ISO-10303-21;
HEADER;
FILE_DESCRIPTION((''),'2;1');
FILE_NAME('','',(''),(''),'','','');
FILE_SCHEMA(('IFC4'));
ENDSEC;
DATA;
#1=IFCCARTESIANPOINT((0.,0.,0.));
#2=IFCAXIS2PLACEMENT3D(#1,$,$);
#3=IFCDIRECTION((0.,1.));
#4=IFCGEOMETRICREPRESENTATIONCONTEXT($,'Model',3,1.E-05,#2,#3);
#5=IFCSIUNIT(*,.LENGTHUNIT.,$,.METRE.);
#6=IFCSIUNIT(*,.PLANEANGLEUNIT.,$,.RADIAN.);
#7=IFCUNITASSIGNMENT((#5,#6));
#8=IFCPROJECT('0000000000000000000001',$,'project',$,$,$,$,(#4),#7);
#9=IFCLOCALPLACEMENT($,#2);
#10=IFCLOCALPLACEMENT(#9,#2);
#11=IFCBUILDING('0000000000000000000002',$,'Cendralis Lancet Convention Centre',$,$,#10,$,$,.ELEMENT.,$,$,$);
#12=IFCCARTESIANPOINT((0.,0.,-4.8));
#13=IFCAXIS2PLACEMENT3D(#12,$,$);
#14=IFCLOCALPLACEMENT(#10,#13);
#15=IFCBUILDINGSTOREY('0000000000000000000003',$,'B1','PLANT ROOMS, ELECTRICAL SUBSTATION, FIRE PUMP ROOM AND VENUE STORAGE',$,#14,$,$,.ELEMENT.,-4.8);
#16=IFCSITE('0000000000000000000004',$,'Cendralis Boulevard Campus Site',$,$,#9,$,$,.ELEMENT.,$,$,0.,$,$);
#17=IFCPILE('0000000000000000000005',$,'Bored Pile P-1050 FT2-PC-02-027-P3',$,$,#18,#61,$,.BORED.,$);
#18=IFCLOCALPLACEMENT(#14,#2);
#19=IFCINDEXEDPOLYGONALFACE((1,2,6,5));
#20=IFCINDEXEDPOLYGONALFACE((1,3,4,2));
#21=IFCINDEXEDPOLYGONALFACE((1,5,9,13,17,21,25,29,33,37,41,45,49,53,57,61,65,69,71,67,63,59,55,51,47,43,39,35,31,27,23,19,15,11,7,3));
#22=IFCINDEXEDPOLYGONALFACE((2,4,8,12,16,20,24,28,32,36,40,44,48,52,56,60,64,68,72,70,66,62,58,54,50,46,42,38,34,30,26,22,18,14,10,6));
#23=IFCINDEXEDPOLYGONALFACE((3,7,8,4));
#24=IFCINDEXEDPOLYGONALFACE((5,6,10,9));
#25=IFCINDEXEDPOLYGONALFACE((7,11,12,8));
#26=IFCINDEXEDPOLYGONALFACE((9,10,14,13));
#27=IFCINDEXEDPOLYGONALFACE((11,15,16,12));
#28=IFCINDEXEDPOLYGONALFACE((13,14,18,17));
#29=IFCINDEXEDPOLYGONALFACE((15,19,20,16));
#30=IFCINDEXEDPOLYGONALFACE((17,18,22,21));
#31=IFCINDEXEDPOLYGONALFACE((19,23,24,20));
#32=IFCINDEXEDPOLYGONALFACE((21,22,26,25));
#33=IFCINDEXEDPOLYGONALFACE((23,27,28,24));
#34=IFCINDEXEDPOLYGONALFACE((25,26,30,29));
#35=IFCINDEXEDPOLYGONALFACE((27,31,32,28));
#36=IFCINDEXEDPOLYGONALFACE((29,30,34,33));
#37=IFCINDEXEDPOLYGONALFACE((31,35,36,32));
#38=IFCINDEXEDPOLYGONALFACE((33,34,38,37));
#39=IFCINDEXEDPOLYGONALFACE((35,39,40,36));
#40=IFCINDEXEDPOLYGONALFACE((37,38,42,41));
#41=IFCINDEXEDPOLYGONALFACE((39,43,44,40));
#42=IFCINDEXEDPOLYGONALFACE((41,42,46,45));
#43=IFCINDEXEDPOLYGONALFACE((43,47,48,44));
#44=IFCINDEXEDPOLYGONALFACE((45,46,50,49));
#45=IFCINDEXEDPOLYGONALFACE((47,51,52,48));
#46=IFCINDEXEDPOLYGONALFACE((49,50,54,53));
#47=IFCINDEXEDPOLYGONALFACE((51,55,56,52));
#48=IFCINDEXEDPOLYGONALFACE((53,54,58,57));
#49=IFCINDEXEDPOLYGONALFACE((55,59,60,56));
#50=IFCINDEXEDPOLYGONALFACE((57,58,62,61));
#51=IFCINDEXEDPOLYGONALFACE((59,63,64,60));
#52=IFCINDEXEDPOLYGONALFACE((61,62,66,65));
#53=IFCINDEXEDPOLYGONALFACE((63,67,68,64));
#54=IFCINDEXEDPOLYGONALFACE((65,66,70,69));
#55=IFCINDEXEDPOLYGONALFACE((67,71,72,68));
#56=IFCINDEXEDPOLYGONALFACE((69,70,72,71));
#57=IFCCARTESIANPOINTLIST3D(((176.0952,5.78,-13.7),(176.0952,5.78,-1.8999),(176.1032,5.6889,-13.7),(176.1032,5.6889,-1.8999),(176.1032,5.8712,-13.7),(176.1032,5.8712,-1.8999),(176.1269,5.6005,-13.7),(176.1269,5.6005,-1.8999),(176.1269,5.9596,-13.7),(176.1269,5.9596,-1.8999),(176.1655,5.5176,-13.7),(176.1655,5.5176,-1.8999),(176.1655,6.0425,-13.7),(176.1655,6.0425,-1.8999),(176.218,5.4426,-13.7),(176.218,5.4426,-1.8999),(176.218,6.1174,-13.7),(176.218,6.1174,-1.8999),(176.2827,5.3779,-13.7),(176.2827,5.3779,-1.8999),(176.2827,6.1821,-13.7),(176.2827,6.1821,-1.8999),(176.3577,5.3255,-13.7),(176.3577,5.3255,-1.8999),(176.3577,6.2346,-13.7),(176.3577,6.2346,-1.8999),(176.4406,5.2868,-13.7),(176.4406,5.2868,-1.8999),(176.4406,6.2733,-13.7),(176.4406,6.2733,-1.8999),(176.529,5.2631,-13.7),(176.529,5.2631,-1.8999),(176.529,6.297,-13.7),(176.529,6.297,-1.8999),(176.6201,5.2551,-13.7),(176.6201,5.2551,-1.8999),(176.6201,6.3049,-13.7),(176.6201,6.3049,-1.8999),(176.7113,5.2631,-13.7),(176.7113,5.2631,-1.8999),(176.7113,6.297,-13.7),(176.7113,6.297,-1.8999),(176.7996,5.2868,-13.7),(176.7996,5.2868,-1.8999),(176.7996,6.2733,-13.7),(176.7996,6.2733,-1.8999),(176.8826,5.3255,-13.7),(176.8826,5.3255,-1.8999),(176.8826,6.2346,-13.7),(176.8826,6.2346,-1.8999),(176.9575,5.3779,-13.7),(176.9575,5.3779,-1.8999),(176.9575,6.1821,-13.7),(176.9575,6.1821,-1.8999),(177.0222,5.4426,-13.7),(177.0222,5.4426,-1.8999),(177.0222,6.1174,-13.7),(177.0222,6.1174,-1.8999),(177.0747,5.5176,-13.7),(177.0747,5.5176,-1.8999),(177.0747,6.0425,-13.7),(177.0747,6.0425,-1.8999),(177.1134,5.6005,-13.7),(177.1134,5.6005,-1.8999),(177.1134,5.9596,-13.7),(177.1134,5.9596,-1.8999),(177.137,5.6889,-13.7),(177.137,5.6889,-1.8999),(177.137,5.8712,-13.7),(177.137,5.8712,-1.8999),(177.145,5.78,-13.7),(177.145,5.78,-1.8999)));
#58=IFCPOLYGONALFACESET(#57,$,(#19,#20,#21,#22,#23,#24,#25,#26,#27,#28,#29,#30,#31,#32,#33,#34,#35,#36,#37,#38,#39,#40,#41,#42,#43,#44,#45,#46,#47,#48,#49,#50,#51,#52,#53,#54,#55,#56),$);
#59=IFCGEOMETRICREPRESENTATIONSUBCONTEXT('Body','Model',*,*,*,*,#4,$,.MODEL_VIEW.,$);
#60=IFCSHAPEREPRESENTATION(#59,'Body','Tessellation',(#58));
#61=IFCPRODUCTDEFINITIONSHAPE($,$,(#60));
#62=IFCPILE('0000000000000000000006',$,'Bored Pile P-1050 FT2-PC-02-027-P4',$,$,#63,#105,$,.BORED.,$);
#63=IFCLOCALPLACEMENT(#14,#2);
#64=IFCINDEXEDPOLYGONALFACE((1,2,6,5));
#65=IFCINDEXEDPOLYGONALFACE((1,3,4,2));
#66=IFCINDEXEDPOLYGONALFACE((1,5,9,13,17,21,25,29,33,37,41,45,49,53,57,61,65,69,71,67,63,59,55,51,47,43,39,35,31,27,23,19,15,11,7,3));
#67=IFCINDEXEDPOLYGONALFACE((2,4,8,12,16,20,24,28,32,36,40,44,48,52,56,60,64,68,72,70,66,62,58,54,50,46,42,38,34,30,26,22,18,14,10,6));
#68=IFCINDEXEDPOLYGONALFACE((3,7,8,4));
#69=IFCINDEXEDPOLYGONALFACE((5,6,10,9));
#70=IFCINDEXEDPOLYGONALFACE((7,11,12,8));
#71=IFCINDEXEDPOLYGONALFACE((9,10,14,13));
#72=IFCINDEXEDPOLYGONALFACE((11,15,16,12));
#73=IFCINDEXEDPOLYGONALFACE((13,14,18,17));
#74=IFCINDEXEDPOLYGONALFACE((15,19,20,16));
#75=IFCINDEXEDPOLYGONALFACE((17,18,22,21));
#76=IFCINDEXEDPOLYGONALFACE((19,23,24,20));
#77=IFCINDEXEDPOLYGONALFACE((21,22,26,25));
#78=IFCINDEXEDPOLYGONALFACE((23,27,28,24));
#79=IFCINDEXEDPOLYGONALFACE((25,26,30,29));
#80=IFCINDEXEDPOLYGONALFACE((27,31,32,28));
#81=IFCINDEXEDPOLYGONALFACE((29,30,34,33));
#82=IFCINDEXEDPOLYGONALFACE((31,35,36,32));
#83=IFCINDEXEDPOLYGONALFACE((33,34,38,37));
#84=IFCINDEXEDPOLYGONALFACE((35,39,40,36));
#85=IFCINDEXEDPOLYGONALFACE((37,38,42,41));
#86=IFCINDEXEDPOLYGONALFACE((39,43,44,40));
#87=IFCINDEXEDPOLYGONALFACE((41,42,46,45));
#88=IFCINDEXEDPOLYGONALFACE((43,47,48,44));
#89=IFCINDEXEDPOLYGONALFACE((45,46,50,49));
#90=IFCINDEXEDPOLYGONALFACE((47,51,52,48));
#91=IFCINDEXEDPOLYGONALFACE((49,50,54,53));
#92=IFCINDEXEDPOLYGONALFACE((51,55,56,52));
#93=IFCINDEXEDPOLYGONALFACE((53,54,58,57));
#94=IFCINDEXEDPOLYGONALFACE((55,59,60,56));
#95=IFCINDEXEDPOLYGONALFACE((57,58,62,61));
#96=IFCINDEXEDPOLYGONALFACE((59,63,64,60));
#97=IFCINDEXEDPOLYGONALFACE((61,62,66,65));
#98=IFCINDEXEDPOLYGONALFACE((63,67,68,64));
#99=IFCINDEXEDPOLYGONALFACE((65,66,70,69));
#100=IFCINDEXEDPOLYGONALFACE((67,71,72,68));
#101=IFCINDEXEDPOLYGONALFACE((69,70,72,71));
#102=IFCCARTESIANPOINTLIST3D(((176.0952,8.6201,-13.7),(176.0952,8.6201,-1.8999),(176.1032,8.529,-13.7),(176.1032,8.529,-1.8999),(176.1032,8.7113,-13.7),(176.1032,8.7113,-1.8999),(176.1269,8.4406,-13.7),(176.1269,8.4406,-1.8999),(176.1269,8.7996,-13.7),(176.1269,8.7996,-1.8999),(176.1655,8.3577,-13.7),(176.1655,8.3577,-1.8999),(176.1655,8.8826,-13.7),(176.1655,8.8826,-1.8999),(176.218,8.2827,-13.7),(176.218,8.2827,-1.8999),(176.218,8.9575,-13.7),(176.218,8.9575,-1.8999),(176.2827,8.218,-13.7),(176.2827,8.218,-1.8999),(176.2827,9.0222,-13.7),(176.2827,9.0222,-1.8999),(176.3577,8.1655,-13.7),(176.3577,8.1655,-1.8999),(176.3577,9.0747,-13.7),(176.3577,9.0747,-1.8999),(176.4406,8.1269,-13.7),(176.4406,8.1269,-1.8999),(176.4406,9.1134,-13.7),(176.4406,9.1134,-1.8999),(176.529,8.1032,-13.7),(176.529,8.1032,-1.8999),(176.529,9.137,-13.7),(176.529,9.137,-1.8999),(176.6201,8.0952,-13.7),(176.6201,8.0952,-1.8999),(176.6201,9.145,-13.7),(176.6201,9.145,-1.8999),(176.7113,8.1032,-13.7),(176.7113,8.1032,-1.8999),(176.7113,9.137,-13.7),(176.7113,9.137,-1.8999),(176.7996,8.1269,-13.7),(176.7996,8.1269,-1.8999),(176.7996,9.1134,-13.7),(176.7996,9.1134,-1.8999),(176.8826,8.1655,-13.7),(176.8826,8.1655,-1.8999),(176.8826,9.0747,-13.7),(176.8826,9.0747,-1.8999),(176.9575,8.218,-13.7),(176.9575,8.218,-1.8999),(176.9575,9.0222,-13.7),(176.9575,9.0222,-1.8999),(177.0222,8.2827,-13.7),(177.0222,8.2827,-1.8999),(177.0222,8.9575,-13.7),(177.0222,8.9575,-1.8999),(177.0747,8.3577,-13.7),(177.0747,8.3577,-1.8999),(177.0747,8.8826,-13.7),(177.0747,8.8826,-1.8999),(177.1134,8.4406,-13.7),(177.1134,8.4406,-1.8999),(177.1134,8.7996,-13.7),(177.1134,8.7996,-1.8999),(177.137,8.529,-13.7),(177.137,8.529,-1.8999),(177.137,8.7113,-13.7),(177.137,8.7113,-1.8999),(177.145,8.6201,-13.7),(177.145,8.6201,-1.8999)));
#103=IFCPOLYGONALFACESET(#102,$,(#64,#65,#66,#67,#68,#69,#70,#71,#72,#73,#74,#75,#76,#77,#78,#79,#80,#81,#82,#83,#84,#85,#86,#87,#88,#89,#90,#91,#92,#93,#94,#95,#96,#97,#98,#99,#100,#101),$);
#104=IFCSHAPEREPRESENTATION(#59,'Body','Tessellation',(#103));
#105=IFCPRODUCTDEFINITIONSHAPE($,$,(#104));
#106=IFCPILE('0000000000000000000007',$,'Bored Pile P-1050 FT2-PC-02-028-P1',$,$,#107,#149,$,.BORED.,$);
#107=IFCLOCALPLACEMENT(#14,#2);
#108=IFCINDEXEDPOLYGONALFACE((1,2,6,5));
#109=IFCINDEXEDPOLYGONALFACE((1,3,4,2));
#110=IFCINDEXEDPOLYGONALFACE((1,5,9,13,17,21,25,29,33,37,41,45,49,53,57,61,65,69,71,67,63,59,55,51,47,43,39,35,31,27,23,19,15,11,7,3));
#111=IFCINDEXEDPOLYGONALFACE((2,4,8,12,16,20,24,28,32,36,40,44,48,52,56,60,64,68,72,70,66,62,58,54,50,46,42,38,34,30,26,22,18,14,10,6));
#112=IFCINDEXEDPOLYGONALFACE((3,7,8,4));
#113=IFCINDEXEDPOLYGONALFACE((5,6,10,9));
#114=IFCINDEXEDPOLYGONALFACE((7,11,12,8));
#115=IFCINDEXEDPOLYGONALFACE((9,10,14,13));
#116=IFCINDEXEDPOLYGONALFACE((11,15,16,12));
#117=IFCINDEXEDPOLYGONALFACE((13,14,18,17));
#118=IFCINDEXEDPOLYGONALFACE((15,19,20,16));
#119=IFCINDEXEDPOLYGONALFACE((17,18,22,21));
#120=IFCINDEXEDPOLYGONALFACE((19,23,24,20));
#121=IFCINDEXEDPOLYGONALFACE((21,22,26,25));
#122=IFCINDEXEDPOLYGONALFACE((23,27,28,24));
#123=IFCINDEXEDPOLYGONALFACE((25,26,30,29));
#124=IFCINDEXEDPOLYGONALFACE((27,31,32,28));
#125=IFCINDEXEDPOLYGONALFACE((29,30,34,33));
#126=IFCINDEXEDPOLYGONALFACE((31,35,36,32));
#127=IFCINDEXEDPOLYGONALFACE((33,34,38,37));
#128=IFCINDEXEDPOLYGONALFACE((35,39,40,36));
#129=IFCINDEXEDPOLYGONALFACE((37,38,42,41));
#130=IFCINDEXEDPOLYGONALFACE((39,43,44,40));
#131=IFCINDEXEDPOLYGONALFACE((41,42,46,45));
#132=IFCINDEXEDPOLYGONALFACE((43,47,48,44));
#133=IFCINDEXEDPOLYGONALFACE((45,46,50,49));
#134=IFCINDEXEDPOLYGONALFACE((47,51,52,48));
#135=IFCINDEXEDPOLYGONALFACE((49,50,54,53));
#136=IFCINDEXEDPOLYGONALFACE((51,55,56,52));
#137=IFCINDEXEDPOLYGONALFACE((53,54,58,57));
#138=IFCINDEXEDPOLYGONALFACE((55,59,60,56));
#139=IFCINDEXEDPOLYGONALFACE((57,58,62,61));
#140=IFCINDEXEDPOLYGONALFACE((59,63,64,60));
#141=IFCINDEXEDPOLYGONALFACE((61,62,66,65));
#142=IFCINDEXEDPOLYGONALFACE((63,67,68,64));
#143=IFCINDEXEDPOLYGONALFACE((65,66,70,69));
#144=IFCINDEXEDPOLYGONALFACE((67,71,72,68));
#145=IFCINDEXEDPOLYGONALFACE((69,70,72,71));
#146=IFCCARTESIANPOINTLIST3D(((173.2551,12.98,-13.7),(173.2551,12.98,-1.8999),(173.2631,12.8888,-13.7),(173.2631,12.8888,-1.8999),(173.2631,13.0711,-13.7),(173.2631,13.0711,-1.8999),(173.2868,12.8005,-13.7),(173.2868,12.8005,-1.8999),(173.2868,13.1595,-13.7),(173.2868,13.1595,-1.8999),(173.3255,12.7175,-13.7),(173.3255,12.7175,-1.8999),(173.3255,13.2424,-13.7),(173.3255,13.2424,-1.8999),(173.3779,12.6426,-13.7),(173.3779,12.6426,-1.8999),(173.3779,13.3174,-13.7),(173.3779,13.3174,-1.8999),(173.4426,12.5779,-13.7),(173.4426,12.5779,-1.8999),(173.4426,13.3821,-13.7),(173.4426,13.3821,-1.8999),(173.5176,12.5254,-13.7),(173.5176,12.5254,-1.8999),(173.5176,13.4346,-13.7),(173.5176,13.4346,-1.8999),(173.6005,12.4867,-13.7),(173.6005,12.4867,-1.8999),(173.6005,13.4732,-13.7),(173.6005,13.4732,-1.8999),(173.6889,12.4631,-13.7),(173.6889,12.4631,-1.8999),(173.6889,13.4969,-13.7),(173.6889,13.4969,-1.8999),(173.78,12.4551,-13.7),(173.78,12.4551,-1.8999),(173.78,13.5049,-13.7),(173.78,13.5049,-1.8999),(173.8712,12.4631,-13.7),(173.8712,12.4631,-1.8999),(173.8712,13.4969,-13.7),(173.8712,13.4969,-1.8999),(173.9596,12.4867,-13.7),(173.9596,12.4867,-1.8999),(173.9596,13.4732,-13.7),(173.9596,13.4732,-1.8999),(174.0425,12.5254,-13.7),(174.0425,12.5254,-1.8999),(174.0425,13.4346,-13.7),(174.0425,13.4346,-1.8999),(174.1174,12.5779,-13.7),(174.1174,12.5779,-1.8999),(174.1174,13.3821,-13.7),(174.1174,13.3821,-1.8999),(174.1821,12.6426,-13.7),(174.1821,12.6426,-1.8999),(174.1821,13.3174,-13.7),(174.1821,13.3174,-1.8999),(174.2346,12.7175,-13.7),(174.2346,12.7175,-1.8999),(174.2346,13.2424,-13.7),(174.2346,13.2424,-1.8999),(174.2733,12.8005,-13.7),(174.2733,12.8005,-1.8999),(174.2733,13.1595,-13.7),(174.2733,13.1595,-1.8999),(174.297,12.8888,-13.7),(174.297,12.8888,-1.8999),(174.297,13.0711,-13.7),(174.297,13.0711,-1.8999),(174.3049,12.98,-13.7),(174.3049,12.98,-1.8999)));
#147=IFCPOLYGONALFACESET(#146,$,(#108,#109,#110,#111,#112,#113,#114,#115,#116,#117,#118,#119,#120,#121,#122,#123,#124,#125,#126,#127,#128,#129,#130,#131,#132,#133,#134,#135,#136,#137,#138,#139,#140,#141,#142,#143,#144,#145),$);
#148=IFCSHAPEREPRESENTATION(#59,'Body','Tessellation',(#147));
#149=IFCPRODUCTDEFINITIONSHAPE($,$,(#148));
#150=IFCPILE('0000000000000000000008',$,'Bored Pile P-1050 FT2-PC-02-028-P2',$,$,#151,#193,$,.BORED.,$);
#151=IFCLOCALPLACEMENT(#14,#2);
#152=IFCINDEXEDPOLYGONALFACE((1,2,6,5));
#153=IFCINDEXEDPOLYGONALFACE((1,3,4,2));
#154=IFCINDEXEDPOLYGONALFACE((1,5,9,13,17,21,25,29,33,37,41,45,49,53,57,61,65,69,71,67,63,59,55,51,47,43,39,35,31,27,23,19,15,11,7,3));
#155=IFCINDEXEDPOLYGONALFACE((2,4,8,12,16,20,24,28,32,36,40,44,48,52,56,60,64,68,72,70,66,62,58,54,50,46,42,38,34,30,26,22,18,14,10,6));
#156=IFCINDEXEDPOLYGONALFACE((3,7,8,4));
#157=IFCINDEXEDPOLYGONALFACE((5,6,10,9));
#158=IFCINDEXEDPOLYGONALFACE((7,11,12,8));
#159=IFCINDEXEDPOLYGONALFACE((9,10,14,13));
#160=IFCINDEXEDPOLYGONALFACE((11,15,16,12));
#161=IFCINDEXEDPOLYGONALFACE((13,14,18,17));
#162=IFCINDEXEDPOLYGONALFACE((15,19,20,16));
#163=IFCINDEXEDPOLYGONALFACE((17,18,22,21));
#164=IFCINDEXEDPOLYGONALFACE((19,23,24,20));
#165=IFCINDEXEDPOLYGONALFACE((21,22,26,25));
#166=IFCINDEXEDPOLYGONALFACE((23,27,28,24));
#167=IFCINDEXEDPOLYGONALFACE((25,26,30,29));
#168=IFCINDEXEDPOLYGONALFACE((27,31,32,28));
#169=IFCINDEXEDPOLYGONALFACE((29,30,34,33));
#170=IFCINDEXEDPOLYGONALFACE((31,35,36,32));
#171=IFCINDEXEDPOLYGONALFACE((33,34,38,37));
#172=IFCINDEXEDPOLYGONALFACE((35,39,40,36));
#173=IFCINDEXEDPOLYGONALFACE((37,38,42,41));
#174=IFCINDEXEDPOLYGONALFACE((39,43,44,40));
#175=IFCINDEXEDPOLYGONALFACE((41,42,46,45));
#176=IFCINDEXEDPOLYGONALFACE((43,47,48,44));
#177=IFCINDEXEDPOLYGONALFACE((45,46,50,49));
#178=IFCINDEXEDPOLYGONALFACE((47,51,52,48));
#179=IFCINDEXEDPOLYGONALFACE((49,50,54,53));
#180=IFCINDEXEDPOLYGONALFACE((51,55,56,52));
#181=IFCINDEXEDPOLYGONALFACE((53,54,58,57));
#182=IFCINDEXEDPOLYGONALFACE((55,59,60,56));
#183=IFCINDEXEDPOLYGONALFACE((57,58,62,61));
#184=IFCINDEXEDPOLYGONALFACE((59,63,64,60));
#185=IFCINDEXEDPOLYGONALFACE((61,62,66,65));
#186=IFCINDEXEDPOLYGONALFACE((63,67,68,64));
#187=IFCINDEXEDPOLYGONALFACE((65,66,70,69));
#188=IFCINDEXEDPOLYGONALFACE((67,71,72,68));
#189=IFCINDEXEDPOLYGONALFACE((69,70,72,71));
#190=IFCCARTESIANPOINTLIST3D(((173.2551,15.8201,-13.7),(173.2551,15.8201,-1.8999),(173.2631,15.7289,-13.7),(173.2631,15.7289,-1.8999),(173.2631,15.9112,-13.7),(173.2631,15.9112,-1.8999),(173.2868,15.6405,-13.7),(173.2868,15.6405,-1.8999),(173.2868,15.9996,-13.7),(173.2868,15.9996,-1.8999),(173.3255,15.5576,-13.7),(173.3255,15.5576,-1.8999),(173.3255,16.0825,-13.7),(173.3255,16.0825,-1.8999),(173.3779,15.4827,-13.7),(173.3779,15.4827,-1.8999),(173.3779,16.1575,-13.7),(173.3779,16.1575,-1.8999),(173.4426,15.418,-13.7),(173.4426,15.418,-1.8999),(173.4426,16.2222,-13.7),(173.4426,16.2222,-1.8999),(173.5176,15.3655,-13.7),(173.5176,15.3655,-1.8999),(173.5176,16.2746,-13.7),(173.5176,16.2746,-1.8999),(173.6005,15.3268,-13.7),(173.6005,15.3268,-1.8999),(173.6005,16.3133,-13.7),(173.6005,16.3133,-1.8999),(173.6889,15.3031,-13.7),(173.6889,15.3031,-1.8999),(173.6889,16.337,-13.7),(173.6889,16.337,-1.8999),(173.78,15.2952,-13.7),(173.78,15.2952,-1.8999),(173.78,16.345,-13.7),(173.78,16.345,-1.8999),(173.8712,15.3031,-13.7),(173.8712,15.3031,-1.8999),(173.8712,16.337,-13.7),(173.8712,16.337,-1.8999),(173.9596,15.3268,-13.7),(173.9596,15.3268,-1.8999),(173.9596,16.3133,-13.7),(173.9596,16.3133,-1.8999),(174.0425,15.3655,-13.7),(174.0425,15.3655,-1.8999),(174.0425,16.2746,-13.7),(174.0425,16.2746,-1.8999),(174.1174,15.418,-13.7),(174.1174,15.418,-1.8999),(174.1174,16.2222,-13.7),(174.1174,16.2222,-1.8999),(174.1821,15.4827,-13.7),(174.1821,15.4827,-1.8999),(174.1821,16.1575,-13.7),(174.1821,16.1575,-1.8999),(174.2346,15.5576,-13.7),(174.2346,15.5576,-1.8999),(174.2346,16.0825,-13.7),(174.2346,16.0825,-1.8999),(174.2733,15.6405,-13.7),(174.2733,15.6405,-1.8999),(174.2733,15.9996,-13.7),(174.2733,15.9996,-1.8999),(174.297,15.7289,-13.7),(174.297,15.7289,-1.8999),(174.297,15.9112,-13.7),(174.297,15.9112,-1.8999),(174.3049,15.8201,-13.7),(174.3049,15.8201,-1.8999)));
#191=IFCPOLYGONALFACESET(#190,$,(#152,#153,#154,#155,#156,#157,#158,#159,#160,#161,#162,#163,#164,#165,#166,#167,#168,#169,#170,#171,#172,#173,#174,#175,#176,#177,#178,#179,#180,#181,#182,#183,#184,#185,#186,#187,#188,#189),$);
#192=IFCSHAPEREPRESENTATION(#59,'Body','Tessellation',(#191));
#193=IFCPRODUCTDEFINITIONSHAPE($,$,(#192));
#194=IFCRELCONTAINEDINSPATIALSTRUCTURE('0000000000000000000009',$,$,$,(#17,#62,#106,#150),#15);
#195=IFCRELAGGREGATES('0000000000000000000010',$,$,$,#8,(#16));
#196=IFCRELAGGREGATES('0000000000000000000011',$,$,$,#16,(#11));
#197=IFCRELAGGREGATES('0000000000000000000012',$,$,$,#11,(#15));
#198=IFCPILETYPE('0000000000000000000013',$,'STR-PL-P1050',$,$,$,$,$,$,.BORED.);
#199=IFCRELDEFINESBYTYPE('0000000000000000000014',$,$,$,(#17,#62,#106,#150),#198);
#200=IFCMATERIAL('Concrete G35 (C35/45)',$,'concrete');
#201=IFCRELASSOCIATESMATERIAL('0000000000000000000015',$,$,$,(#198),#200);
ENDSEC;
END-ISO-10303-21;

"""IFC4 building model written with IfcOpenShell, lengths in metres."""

from ifc_helpers import new_model, si_unit, direction, frame, origin, origin_2d, place, context, subcontext, project, spatial, circle, extrude, material, material_profile, profile_set, type_object, element, save


model = new_model("IFC4")

# Units and contexts
model_context = context("Model", 3, precision=1e-05, world=origin(), true_north=direction((0.0, 1.0)))
body_context = subcontext(model_context, "Body", "Model", "MODEL_VIEW")
ifc_project = project(units=[si_unit("LENGTHUNIT", "METRE"), si_unit("PLANEANGLEUNIT", "RADIAN")], contexts=[model_context])

# Site, building, storey
site_placement = place(None, origin())
site = spatial("IfcSite", under=ifc_project, at=site_placement, Name="Cendralis Boulevard Campus Site", CompositionType="ELEMENT", RefElevation=0.0)
building_placement = place(site_placement, origin())
building = spatial("IfcBuilding", under=site, at=building_placement, Name="Cendralis Lancet Convention Centre", CompositionType="ELEMENT")
storey_placement = place(building_placement, frame((0.0, 0.0, -4.8)))
storey = spatial("IfcBuildingStorey", under=building, at=storey_placement, Name="B1", Description="PLANT ROOMS, ELECTRICAL SUBSTATION, FIRE PUMP ROOM AND VENUE STORAGE", CompositionType="ELEMENT", Elevation=-4.8)

# Shared definitions
ifc_material_1 = material(Name="Concrete G35 (C35/45)", Category="concrete")

# Piles
ifc_material_profile_1 = material_profile(ifc_material_1, circle(Radius=0.5249, at=origin_2d()), Name="BORED PILE D1050")
ifc_profile_set_1 = profile_set([ifc_material_profile_1], Name="Concrete G35 (C35/45)")
pile_type = type_object("IfcPileType", Name="STR-PL-P1050", PredefinedType="BORED", material=ifc_profile_set_1)
for number, where, z_axis, x_axis, name in (
    (1, (176.6201, 5.78, -1.8999), (0.0, 0.0, -1.0), (1.0, 0.0, 0.0), "Bored Pile P-1050 FT2-PC-02-027-P3"),
    (2, (176.6201, 8.6201, -1.8999), (0.0, 0.0, -1.0), (1.0, 0.0, 0.0), "Bored Pile P-1050 FT2-PC-02-027-P4"),
    (3, (173.78, 12.98, -1.8999), (0.0, 0.0, -1.0), (1.0, 0.0, 0.0), "Bored Pile P-1050 FT2-PC-02-028-P1"),
    (4, (173.78, 15.8201, -1.8999), (0.0, 0.0, -1.0), (1.0, 0.0, 0.0), "Bored Pile P-1050 FT2-PC-02-028-P2"),
):
    element("IfcPile", number, at=place(storey_placement, frame(where, z_axis=z_axis, x_axis=x_axis)), inside=storey, type_object=pile_type, Name=name, PredefinedType="BORED", context=body_context, shape_type="SweptSolid", body=[
        extrude(circle(Radius=0.5249, at=origin_2d()), origin(), (0.0, 0.0, 1.0), 11.8),
    ])

save(model, "model.ifc")
